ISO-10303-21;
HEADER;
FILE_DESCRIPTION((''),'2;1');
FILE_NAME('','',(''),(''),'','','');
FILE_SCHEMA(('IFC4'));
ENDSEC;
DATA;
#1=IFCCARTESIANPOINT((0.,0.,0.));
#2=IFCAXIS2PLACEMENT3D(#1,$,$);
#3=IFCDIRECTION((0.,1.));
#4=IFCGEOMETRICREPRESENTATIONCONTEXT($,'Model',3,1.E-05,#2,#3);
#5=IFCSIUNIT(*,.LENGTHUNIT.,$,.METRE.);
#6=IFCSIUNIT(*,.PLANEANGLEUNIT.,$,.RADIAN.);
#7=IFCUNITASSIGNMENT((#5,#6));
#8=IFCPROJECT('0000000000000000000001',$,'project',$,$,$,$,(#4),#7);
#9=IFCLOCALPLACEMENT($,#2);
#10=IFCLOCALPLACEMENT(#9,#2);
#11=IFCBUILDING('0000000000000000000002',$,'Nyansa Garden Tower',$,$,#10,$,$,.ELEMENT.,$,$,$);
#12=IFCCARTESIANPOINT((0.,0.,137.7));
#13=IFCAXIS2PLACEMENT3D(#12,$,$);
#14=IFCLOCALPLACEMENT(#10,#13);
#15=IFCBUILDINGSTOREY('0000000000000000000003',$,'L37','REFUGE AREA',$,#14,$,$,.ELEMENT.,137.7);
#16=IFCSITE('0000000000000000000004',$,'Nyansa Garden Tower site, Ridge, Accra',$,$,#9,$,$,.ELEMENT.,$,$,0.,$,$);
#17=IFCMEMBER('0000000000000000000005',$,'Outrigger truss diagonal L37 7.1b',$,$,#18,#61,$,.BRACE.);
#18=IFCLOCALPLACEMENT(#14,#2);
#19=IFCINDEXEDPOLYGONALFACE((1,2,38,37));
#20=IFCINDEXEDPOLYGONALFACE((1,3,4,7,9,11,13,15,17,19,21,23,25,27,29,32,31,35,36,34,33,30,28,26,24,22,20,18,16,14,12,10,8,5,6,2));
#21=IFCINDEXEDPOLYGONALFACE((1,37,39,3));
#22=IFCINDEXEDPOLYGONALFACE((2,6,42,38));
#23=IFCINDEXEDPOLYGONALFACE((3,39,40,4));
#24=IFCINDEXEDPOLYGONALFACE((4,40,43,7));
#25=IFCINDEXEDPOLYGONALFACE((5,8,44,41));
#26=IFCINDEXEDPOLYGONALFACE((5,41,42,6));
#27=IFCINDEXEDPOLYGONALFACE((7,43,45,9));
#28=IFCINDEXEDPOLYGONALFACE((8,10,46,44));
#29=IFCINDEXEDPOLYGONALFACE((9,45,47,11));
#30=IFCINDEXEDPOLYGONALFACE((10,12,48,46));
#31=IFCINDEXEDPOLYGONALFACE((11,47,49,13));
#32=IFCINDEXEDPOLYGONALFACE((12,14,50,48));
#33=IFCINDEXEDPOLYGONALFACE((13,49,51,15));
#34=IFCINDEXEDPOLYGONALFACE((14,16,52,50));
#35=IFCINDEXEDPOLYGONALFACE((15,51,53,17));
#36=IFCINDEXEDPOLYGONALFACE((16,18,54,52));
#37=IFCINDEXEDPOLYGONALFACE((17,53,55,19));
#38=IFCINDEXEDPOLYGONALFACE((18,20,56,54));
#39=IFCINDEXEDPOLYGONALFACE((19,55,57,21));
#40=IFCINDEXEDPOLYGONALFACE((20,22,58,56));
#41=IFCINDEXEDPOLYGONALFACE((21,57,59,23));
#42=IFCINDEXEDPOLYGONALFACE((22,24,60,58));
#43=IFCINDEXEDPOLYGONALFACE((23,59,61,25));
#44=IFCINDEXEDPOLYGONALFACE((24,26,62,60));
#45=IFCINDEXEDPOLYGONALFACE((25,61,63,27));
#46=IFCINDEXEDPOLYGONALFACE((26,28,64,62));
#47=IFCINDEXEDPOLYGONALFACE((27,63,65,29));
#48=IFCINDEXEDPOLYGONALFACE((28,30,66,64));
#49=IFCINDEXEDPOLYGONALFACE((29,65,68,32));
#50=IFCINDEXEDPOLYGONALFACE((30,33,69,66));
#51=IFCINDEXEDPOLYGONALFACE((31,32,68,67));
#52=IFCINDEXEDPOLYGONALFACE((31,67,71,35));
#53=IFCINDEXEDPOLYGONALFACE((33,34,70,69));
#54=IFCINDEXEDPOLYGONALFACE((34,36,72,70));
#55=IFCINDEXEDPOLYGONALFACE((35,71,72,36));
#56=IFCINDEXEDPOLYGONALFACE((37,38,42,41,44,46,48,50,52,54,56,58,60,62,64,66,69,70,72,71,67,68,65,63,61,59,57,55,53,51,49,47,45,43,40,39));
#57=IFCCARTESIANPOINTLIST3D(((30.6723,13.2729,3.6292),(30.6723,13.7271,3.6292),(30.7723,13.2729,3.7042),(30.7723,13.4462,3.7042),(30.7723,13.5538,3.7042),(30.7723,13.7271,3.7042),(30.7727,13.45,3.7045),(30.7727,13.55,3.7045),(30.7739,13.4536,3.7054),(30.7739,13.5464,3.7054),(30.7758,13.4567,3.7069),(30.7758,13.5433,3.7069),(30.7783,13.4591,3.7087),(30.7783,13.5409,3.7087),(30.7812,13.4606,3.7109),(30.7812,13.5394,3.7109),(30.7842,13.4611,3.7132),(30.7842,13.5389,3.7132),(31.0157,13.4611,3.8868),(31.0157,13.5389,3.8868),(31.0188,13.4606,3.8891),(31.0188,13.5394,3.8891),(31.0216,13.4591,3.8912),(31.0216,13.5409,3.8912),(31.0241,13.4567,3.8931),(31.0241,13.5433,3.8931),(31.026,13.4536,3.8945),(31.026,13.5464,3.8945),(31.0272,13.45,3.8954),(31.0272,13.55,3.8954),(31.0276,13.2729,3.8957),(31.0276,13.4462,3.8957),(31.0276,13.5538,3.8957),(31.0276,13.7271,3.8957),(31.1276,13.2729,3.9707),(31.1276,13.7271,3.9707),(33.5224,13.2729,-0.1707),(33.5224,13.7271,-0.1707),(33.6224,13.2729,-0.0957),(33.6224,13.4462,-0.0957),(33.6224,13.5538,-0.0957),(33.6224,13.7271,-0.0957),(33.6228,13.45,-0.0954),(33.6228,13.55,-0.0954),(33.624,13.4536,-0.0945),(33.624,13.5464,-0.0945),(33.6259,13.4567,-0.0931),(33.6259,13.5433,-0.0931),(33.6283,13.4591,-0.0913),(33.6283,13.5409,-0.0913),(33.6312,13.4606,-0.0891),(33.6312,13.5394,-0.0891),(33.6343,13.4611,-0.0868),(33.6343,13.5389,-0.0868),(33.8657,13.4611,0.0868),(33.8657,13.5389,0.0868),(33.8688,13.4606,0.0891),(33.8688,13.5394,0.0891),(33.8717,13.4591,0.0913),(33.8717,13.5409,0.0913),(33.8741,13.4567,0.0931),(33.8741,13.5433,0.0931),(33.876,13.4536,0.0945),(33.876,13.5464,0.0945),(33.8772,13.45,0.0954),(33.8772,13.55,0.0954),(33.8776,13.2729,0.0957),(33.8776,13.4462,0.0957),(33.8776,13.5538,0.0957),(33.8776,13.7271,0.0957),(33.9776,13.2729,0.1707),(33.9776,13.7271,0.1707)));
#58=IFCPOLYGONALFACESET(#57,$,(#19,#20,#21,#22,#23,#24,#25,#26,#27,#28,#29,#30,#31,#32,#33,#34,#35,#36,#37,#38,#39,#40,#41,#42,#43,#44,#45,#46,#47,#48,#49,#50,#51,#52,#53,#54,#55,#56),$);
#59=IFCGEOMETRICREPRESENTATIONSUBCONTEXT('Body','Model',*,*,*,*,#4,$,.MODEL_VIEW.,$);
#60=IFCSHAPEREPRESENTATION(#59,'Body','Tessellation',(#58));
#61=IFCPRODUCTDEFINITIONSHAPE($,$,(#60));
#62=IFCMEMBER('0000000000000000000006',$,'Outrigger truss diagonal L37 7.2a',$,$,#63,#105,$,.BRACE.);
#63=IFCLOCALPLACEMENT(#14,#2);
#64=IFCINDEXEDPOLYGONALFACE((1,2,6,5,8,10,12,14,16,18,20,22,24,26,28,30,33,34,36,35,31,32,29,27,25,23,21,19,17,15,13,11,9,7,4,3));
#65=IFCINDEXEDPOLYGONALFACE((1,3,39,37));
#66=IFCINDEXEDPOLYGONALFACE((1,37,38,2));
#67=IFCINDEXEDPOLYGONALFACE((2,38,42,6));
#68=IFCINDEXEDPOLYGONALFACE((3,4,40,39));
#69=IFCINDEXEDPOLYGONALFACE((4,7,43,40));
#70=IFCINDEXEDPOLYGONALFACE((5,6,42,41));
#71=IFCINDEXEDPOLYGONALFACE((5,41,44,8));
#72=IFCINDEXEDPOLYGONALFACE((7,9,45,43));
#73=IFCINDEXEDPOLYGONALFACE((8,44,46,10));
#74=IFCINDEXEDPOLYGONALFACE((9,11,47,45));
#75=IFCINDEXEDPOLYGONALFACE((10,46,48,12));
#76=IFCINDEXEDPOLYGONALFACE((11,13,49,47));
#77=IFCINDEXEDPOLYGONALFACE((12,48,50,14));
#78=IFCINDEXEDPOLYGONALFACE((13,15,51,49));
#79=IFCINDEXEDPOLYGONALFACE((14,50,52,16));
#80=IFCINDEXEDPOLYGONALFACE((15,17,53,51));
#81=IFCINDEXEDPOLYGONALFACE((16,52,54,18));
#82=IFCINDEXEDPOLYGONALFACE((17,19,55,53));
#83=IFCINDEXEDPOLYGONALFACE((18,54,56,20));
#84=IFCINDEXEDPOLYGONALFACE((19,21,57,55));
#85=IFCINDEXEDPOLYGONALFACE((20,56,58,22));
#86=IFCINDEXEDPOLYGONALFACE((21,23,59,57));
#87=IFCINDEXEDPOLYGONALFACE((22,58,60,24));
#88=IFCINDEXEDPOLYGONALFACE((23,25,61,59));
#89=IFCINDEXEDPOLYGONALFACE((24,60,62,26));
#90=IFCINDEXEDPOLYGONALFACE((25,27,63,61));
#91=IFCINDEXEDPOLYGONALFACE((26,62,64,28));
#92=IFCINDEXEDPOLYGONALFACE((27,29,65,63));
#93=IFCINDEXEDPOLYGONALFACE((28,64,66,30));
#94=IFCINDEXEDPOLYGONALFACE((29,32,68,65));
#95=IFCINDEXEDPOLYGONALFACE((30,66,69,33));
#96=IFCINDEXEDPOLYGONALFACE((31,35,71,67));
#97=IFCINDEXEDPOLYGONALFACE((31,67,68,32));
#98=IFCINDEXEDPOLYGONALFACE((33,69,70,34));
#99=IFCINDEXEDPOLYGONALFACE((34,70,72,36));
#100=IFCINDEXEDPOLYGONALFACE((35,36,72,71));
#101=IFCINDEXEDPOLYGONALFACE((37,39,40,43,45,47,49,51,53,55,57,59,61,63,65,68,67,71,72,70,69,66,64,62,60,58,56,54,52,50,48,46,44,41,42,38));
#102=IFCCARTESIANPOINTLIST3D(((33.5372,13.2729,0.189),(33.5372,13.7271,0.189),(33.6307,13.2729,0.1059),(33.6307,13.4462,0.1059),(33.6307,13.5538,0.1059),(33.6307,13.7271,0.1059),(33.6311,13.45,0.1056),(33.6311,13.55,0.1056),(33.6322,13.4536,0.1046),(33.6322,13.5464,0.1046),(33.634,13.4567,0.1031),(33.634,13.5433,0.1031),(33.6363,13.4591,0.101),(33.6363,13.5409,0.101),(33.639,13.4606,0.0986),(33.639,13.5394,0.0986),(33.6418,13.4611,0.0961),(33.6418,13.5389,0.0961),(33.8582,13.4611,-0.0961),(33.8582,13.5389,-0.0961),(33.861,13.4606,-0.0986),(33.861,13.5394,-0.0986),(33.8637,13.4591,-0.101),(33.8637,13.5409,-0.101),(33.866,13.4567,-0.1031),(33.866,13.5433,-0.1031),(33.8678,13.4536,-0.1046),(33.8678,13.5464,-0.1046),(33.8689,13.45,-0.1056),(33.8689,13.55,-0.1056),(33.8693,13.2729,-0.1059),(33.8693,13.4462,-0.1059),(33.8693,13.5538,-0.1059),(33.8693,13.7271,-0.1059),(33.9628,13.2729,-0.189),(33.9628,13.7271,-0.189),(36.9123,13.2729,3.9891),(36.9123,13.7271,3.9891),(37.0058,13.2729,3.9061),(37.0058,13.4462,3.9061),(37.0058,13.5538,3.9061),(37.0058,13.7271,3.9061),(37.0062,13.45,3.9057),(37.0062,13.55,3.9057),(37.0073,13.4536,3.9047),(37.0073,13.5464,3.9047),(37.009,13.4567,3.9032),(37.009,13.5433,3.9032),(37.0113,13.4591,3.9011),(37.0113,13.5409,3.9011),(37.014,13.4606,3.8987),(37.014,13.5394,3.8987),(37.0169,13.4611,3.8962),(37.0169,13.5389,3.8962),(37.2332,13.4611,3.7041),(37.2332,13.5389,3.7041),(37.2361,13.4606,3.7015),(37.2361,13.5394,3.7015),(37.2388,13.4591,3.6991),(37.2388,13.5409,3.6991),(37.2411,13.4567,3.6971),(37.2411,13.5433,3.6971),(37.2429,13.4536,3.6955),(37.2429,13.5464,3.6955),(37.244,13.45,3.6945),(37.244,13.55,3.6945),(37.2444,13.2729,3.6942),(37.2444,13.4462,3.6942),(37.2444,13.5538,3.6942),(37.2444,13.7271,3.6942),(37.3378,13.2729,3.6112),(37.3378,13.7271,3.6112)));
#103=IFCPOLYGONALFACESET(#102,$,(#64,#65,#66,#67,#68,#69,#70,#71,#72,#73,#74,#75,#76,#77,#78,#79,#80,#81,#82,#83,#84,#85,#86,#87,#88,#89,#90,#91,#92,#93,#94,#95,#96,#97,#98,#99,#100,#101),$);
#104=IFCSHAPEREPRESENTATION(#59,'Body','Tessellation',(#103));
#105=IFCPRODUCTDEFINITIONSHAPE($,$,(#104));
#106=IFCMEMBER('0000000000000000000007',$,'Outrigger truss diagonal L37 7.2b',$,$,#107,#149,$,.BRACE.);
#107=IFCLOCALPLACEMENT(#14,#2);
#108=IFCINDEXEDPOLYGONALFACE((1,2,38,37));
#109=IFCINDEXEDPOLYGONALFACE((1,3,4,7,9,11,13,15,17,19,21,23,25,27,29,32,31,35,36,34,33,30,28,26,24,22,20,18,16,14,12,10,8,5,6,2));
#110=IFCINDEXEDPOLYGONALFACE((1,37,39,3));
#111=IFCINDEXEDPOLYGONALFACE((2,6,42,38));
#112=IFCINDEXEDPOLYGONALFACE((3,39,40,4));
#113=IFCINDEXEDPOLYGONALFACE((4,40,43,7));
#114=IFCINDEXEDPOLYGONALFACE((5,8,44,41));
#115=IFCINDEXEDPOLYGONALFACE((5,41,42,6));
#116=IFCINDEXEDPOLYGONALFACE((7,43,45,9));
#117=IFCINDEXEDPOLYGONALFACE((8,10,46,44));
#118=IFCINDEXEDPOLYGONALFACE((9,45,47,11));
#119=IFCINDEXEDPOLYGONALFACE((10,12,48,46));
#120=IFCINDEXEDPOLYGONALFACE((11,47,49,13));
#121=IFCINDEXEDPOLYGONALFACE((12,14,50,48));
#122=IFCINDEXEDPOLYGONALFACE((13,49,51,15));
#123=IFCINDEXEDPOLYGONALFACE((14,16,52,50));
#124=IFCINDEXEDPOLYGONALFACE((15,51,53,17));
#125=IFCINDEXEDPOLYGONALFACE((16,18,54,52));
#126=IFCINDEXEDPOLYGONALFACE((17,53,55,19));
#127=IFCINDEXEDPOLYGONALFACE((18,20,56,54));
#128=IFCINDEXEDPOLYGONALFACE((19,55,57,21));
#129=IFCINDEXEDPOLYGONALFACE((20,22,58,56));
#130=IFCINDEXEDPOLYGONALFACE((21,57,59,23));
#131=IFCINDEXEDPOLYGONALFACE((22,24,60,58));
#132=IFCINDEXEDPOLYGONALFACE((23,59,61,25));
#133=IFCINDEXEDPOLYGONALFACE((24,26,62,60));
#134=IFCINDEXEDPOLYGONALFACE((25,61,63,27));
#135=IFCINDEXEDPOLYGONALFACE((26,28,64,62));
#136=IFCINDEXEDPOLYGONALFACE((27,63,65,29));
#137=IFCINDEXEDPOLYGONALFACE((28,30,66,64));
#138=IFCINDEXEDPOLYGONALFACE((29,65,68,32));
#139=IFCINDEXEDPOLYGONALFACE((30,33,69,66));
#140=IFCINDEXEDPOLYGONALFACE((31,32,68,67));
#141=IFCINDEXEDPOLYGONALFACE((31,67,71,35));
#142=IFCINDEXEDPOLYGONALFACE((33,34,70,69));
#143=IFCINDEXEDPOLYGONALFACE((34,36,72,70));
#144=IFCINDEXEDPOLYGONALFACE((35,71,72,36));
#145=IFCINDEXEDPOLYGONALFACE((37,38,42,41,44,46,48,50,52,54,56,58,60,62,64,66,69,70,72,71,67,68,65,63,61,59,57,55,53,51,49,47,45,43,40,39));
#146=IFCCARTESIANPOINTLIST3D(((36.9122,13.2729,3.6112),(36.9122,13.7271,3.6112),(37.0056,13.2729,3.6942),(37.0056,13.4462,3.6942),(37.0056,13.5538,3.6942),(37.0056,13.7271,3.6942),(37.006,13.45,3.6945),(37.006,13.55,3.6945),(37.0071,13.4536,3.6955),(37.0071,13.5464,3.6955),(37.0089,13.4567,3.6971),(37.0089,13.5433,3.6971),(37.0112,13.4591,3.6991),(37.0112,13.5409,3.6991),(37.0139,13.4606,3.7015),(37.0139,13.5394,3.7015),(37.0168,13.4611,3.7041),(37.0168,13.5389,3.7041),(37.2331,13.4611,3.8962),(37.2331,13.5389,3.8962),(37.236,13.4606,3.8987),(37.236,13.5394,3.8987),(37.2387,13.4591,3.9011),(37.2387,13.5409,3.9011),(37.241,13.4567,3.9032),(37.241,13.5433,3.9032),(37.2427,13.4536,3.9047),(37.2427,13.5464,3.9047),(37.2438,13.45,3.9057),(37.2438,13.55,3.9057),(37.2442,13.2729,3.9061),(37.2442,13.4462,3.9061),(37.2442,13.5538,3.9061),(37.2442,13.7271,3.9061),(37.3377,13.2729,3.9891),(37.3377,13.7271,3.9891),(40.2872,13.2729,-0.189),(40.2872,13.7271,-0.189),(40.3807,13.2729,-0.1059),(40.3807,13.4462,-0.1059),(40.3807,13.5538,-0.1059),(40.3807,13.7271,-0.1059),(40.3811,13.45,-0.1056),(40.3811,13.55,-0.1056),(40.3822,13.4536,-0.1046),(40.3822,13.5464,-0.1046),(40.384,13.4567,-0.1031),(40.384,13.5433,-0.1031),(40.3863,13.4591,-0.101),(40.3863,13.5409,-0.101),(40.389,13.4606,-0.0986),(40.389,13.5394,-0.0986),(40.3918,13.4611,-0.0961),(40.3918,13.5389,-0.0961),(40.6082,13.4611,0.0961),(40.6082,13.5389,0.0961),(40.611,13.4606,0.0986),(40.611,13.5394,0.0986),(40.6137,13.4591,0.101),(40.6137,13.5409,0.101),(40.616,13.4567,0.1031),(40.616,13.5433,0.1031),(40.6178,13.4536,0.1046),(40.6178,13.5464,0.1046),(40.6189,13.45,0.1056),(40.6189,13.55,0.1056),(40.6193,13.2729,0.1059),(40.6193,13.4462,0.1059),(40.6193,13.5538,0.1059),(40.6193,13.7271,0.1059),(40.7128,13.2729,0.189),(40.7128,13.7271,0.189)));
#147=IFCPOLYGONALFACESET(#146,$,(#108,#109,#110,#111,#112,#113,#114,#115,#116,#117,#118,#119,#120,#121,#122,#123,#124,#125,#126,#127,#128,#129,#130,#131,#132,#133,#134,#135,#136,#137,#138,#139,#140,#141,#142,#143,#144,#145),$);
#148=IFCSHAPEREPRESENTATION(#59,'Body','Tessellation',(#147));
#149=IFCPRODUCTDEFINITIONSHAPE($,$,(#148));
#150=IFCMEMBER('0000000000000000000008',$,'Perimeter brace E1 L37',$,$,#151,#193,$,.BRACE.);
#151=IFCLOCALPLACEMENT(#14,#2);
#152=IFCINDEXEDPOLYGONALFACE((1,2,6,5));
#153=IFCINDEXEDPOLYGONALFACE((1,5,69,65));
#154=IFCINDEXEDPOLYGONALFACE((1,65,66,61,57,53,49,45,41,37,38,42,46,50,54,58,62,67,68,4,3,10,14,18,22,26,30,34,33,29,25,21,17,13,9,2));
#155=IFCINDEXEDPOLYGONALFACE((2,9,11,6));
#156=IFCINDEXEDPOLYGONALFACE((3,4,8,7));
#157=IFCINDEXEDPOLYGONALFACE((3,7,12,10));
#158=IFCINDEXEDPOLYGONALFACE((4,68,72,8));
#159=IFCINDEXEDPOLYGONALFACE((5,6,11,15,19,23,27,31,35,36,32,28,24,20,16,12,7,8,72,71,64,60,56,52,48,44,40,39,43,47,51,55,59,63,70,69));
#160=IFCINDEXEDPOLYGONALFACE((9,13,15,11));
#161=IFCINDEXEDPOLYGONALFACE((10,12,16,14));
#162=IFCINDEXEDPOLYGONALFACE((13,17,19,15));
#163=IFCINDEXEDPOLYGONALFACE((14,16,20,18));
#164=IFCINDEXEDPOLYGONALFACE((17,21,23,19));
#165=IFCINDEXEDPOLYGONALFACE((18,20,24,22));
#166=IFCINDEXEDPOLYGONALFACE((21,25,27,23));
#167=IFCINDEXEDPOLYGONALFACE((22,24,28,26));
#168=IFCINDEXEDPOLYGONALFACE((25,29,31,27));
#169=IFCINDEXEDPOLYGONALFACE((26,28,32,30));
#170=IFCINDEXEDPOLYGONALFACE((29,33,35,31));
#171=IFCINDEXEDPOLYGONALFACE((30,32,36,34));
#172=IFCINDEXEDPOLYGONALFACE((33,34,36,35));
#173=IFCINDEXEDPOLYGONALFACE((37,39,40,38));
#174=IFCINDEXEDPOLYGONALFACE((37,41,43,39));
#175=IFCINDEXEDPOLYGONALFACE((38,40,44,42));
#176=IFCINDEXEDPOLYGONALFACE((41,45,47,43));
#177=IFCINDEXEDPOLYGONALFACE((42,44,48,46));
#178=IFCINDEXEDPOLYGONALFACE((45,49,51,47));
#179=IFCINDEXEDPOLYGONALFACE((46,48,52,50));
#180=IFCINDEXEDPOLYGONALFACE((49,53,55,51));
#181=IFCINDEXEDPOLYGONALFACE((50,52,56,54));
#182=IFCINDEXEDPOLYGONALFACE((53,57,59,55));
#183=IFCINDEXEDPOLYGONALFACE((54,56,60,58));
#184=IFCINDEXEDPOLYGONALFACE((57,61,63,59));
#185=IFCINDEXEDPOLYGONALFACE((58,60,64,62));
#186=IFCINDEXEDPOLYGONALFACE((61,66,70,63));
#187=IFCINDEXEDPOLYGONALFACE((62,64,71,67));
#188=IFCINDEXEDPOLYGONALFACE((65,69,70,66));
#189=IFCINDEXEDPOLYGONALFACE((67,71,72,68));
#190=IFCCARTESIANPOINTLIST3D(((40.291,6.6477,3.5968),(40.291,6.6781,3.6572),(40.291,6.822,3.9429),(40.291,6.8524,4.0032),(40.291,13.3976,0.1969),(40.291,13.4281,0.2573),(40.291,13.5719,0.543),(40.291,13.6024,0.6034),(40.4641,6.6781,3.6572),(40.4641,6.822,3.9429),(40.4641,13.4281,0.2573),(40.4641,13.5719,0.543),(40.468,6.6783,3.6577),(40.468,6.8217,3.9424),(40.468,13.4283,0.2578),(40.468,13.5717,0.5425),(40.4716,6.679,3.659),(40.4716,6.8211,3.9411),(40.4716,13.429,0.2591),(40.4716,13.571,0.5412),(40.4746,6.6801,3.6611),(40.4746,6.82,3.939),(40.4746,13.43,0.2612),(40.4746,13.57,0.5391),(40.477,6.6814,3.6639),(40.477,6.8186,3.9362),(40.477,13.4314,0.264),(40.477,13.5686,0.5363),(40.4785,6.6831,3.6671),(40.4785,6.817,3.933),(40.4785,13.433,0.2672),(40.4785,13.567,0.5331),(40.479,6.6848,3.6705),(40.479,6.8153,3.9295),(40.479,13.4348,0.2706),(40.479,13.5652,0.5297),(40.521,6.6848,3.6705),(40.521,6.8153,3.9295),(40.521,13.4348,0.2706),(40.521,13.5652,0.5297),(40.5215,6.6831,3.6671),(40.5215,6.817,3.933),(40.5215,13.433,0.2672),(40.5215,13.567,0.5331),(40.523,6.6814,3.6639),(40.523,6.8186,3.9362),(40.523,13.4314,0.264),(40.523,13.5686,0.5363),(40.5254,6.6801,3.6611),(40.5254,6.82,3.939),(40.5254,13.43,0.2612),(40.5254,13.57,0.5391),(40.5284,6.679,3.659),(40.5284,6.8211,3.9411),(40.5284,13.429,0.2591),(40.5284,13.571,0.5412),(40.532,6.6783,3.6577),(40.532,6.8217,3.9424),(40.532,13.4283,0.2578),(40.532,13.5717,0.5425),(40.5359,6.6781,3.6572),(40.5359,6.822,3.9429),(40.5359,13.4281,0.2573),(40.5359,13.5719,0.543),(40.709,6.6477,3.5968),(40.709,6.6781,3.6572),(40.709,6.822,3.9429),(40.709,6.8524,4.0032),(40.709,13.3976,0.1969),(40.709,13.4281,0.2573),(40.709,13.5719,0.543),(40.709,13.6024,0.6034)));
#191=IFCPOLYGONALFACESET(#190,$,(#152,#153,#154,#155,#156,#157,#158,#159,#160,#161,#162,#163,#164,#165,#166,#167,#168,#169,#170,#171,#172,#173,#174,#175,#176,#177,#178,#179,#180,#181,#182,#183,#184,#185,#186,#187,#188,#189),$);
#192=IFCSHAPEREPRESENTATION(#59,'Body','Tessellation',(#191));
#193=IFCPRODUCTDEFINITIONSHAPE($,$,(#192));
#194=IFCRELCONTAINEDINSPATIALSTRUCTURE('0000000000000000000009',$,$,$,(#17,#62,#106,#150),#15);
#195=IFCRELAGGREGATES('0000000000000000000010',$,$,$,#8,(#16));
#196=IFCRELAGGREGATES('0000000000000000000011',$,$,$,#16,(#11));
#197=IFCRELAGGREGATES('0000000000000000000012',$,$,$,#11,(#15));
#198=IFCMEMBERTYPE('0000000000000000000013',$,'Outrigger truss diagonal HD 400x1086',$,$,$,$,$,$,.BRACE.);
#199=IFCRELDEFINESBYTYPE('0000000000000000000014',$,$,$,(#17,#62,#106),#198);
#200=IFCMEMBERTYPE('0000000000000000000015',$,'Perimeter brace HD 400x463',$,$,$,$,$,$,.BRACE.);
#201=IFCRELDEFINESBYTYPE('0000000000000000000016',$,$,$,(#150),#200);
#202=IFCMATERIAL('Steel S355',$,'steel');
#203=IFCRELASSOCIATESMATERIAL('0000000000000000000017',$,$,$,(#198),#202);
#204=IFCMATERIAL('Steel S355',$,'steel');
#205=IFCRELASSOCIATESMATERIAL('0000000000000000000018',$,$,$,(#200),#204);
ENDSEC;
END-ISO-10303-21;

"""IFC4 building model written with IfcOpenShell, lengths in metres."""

from ifc_helpers import new_model, si_unit, direction, frame, origin, origin_2d, place, context, subcontext, project, spatial, i_section, extrude, material, material_profile, profile_set, type_object, element, save


model = new_model("IFC4")

# Units and contexts
model_context = context("Model", 3, precision=1e-05, world=origin(), true_north=direction((0.0, 1.0)))
body_context = subcontext(model_context, "Body", "Model", "MODEL_VIEW")
ifc_project = project(units=[si_unit("LENGTHUNIT", "METRE"), si_unit("PLANEANGLEUNIT", "RADIAN")], contexts=[model_context])

# Site, building, storey
site_placement = place(None, origin())
site = spatial("IfcSite", under=ifc_project, at=site_placement, Name="Nyansa Garden Tower site, Ridge, Accra", CompositionType="ELEMENT", RefElevation=0.0)
building_placement = place(site_placement, origin())
building = spatial("IfcBuilding", under=site, at=building_placement, Name="Nyansa Garden Tower", CompositionType="ELEMENT")
storey_placement = place(building_placement, frame((0.0, 0.0, 137.7)))
storey = spatial("IfcBuildingStorey", under=building, at=storey_placement, Name="L37", Description="REFUGE AREA", CompositionType="ELEMENT", Elevation=137.7)

# Members
ifc_material_1 = material(Name="Steel S355", Category="steel")
ifc_material_profile_1 = material_profile(ifc_material_1, i_section(OverallWidth=0.4541, OverallDepth=0.5691, WebThickness=0.0779, FlangeThickness=0.125, FilletRadius=0.0149, at=origin_2d()), Name="HD 400x1086")
ifc_profile_set_1 = profile_set([ifc_material_profile_1], Name="Steel S355")
member_type_1 = type_object("IfcMemberType", Name="Outrigger truss diagonal HD 400x1086", PredefinedType="BRACE", material=ifc_profile_set_1)
member_1_placement = place(storey_placement, frame((33.75, 13.5, 0.0), z_axis=(-0.600008, 0.0, 0.799994), x_axis=(0.0, -1.0, 0.0)))
element("IfcMember", 1, at=member_1_placement, inside=storey, type_object=member_type_1, Name="Outrigger truss diagonal L37 7.1b", PredefinedType="BRACE", context=body_context, shape_type="SweptSolid", body=[
    extrude(i_section(OverallWidth=0.4541, OverallDepth=0.5691, WebThickness=0.0779, FlangeThickness=0.125, FilletRadius=0.0149, at=origin_2d()), origin(), (0.0, 0.0, 1.0), 4.75),
])
for number, where, z_axis, x_axis, name in (
    (2, (33.75, 13.5, 0.0), (0.664054, 0.0, 0.747685), (0.0, 1.0, 0.0), "Outrigger truss diagonal L37 7.2a"),
    (3, (40.5, 13.5, 0.0), (-0.664054, 0.0, 0.747685), (0.0, -1.0, 0.0), "Outrigger truss diagonal L37 7.2b"),
):
    element("IfcMember", number, at=place(storey_placement, frame(where, z_axis=z_axis, x_axis=x_axis)), inside=storey, type_object=member_type_1, Name=name, PredefinedType="BRACE", context=body_context, shape_type="SweptSolid", body=[
        extrude(i_section(OverallWidth=0.4541, OverallDepth=0.5691, WebThickness=0.0779, FlangeThickness=0.125, FilletRadius=0.0149, at=origin_2d()), origin(), (0.0, 0.0, 1.0), 5.0825),
    ])
ifc_material_2 = material(Name="Steel S355", Category="steel")
ifc_material_profile_2 = material_profile(ifc_material_2, i_section(OverallWidth=0.418, OverallDepth=0.4551, WebThickness=0.042, FlangeThickness=0.0676, FilletRadius=0.0149, at=origin_2d()), Name="HD 400x463")
ifc_profile_set_2 = profile_set([ifc_material_profile_2], Name="Steel S355")
member_type_2 = type_object("IfcMemberType", Name="Perimeter brace HD 400x463", PredefinedType="BRACE", material=ifc_profile_set_2)
member_2_placement = place(storey_placement, frame((40.5, 13.5, 0.4001), z_axis=(0.0, -0.893105, 0.449848), x_axis=(1.0, 0.0, 0.0)))
element("IfcMember", 4, at=member_2_placement, inside=storey, type_object=member_type_2, Name="Perimeter brace E1 L37", PredefinedType="BRACE", context=body_context, shape_type="SweptSolid", body=[
    extrude(i_section(OverallWidth=0.418, OverallDepth=0.4551, WebThickness=0.042, FlangeThickness=0.0676, FilletRadius=0.0149, at=origin_2d()), origin(), (0.0, 0.0, 1.0), 7.5579),
])

save(model, "model.ifc")
